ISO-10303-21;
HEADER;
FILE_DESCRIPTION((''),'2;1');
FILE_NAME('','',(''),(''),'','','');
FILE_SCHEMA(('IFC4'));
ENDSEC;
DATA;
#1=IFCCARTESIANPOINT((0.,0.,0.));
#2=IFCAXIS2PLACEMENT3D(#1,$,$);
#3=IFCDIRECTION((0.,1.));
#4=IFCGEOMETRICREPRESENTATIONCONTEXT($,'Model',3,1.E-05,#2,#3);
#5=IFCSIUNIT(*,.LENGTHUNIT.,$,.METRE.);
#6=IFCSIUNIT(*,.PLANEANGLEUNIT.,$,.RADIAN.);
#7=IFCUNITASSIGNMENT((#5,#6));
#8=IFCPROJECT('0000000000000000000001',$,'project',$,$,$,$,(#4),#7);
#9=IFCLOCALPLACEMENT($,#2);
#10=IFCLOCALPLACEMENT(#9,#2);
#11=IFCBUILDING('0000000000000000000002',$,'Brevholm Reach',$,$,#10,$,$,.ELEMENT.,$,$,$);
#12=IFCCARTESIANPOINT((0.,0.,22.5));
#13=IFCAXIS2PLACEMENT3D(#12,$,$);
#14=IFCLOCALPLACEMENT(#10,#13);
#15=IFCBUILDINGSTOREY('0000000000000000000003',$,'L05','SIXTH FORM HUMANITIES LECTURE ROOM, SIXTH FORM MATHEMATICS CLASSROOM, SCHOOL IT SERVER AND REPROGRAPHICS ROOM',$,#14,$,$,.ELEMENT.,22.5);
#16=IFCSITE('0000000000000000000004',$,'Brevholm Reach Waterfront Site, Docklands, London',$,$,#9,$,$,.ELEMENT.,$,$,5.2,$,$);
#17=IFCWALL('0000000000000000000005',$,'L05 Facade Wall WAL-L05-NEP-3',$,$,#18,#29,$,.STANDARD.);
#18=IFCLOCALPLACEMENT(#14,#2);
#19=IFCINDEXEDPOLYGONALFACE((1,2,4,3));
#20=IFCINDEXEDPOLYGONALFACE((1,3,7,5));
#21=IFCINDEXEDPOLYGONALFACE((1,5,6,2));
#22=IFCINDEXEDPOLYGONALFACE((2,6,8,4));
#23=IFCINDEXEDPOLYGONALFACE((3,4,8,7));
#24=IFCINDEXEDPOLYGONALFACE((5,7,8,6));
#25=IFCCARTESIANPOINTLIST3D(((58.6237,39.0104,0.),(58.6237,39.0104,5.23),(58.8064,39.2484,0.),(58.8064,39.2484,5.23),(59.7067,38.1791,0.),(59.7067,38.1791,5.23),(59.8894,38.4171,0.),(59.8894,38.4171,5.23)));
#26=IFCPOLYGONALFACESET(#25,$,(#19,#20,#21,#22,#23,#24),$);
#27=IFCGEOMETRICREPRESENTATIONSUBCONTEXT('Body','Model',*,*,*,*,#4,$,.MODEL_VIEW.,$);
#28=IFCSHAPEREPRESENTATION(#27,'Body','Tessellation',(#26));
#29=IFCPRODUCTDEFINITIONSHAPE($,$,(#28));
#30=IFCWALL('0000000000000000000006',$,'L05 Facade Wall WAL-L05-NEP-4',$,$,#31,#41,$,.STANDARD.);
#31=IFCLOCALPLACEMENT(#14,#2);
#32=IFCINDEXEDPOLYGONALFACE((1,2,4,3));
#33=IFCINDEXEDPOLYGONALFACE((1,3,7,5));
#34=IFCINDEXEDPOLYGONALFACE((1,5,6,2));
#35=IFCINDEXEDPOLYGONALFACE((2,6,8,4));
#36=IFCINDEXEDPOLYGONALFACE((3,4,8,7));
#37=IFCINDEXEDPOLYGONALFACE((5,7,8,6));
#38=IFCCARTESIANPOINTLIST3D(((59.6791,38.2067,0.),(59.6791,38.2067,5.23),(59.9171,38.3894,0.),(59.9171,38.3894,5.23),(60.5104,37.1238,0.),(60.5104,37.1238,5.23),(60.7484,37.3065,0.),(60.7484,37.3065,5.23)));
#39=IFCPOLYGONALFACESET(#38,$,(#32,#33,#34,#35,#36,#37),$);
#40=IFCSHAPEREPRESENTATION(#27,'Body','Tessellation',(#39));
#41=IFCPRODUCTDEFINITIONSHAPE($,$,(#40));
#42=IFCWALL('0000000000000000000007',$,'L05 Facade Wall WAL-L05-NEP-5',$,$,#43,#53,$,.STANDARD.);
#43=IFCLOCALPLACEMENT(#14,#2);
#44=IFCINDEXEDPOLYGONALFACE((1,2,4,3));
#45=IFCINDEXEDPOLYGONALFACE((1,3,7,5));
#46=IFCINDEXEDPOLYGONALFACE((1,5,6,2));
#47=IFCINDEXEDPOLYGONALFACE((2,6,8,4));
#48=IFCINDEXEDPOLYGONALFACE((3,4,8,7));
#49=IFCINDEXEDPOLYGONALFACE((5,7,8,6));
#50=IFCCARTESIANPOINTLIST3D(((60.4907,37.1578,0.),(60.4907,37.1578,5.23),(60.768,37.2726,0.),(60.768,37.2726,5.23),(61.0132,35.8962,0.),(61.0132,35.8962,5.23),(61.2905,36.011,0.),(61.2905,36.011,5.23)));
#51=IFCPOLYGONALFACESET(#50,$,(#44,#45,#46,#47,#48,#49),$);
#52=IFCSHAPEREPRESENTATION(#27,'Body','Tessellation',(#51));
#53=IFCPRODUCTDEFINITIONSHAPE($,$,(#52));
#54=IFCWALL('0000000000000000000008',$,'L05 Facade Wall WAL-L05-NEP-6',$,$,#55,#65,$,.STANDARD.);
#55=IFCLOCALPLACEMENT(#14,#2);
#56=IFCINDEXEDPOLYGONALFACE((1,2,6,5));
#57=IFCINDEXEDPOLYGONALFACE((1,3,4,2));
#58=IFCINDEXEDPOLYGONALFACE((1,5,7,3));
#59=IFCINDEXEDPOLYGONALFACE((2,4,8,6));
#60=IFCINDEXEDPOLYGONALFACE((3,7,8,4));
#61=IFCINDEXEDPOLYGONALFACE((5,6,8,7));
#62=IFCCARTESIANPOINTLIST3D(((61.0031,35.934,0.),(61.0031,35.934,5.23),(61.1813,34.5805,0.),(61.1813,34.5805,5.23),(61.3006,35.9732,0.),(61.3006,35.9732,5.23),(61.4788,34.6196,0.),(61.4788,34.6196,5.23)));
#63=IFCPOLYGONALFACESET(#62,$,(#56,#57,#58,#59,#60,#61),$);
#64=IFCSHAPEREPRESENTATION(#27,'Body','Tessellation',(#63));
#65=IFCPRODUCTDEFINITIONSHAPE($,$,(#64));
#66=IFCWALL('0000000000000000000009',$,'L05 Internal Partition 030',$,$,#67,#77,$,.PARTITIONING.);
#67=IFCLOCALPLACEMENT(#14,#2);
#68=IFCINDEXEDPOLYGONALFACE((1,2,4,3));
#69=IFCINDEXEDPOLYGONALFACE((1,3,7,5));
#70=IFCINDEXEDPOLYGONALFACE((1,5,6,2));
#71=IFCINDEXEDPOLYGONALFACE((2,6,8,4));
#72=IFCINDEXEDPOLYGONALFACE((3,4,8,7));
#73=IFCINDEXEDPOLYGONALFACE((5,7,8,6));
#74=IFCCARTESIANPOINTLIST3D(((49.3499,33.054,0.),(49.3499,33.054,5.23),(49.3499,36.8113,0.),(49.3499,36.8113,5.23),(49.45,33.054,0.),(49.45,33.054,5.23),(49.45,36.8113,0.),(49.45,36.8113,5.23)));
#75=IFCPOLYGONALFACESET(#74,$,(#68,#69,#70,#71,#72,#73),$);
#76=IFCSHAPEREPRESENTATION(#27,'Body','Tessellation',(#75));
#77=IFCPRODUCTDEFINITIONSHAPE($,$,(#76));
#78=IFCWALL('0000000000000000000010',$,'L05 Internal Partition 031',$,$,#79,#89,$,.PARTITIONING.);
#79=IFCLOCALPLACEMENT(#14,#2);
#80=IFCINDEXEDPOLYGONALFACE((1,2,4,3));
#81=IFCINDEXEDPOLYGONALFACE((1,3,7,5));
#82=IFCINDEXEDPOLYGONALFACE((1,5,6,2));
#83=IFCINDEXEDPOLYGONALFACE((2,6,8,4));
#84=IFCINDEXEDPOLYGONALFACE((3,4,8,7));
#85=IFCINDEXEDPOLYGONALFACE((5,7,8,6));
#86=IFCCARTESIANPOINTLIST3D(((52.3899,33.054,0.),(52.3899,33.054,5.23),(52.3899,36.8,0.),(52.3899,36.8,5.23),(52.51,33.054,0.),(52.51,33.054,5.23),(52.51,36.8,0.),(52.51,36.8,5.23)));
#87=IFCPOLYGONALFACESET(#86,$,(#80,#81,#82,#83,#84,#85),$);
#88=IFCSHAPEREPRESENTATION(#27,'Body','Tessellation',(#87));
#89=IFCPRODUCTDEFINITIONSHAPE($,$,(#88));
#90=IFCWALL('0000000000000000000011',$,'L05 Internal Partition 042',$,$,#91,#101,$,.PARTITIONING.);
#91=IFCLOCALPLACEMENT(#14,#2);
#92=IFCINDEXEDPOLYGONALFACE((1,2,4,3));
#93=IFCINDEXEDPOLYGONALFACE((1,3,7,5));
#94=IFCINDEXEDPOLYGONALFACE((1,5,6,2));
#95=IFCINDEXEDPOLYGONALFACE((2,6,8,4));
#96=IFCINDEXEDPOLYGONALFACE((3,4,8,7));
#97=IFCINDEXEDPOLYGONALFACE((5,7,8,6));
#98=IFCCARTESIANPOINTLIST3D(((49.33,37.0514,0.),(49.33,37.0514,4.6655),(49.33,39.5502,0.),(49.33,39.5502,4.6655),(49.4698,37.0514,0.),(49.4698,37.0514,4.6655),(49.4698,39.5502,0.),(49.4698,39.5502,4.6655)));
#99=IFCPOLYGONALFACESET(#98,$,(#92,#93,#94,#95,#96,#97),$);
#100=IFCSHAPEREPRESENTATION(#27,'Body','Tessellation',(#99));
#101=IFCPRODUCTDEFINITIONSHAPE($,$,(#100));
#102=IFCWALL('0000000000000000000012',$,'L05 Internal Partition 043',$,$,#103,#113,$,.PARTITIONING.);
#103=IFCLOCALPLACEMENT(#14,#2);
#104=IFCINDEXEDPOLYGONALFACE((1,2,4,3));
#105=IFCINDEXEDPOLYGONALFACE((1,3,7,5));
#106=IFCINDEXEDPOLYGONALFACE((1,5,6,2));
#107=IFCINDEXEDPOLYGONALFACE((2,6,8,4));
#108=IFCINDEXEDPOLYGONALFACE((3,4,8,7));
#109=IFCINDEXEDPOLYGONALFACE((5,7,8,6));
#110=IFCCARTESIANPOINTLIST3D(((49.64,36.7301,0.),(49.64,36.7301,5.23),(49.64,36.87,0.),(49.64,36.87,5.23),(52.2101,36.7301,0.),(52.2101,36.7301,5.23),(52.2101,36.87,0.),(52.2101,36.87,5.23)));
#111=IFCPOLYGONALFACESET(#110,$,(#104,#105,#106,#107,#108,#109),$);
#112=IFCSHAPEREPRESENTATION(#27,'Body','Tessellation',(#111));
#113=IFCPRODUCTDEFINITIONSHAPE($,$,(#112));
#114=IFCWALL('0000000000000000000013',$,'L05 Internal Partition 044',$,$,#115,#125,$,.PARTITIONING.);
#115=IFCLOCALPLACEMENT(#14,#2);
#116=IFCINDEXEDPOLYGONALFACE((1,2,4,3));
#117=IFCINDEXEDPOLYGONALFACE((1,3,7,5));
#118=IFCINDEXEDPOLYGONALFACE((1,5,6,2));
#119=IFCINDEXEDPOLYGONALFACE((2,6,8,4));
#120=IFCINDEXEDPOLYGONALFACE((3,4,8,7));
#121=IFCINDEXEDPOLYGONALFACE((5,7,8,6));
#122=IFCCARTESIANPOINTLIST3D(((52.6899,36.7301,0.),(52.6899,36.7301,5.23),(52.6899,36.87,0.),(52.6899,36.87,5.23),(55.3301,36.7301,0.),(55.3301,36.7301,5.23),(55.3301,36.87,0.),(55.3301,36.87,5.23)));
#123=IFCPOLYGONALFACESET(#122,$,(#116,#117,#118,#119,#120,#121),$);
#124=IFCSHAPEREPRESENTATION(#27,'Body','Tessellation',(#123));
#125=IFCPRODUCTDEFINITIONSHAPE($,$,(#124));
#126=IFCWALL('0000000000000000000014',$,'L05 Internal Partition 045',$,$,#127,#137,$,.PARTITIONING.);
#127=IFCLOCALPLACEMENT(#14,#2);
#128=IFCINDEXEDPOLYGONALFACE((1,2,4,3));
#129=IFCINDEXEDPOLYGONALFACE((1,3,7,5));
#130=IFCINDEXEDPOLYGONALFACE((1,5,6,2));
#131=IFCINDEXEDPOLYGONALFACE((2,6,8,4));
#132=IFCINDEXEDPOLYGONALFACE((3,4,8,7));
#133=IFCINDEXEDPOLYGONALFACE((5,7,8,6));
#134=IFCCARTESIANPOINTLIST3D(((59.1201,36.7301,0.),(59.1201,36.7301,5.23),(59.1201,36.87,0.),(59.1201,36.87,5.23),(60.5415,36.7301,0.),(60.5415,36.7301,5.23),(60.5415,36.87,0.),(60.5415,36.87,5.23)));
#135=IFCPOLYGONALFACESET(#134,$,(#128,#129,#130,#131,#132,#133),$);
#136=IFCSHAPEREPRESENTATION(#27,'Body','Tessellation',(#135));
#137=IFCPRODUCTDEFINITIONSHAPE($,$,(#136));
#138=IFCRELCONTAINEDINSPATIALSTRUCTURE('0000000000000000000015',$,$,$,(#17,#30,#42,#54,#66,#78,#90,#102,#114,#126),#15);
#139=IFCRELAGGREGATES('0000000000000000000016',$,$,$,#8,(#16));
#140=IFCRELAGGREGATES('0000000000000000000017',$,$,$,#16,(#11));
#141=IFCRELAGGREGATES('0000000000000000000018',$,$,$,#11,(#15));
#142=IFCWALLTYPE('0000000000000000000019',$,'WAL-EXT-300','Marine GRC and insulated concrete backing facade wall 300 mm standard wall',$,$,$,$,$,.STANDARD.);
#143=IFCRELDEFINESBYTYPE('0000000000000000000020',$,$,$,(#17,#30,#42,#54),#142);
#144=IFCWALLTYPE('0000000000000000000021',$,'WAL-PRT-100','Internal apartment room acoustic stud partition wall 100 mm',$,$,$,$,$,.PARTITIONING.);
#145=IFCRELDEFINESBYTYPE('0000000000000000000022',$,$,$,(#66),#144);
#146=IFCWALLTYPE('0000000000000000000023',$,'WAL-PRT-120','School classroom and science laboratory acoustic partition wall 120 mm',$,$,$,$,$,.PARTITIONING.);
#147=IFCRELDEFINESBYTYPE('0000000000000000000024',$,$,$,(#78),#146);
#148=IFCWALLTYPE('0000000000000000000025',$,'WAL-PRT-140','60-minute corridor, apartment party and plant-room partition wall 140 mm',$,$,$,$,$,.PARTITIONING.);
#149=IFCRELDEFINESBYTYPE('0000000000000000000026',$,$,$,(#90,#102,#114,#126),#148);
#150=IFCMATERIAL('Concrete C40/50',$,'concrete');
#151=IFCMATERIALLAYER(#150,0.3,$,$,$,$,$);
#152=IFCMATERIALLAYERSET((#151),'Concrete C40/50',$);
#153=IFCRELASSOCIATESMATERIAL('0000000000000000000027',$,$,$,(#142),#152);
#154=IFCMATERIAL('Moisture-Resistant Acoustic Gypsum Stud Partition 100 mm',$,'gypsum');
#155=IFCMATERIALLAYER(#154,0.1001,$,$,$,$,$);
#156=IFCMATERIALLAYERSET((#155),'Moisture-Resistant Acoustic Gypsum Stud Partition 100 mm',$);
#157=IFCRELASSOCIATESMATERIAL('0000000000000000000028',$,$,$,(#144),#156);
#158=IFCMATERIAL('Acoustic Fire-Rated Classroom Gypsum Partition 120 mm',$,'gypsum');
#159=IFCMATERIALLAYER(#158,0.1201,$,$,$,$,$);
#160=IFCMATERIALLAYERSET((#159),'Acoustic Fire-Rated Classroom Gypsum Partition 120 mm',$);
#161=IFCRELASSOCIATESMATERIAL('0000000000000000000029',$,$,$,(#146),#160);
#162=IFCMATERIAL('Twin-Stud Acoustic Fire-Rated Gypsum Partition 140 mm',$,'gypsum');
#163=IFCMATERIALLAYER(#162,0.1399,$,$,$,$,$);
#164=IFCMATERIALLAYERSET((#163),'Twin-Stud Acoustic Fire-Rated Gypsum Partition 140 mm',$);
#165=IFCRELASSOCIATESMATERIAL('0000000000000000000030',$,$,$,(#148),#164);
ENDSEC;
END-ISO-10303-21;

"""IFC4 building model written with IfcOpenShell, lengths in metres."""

from ifc_helpers import new_model, si_unit, direction, frame, frame_2d, origin, place, context, subcontext, project, spatial, rectangle, extrude, material, layer, layer_set, type_object, element, save


model = new_model("IFC4")

# Units and contexts
model_context = context("Model", 3, precision=1e-05, world=origin(), true_north=direction((0.0, 1.0)))
body_context = subcontext(model_context, "Body", "Model", "MODEL_VIEW")
ifc_project = project(units=[si_unit("LENGTHUNIT", "METRE"), si_unit("PLANEANGLEUNIT", "RADIAN")], contexts=[model_context])

# Site, building, storey
site_placement = place(None, origin())
site = spatial("IfcSite", under=ifc_project, at=site_placement, Name="Brevholm Reach Waterfront Site, Docklands, London", CompositionType="ELEMENT", RefElevation=5.2)
building_placement = place(site_placement, origin())
building = spatial("IfcBuilding", under=site, at=building_placement, Name="Brevholm Reach", CompositionType="ELEMENT")
storey_placement = place(building_placement, frame((0.0, 0.0, 22.5)))
storey = spatial("IfcBuildingStorey", under=building, at=storey_placement, Name="L05", Description="SIXTH FORM HUMANITIES LECTURE ROOM, SIXTH FORM MATHEMATICS CLASSROOM, SCHOOL IT SERVER AND REPROGRAPHICS ROOM", CompositionType="ELEMENT", Elevation=22.5)

# Walls
ifc_material_1 = material(Name="Concrete C40/50", Category="concrete")
ifc_layer_1 = layer(ifc_material_1, 0.3)
ifc_layer_set_1 = layer_set([ifc_layer_1], Name="Concrete C40/50")
wall_type_1 = type_object("IfcWallType", Name="WAL-EXT-300", Description="Marine GRC and insulated concrete backing facade wall 300 mm standard wall", PredefinedType="STANDARD", material=ifc_layer_set_1)
for number, where, z_axis, x_axis, name in (
    (1, (58.7151, 39.1294, 0.0), (0.0, 0.0, 1.0), (0.793255, -0.608889, 0.0), "L05 Facade Wall WAL-L05-NEP-3"),
    (2, (59.7981, 38.2981, 0.0), (0.0, 0.0, 1.0), (0.608889, -0.793255, 0.0), "L05 Facade Wall WAL-L05-NEP-4"),
):
    element("IfcWall", number, at=place(storey_placement, frame(where, z_axis=z_axis, x_axis=x_axis)), inside=storey, type_object=wall_type_1, Name=name, PredefinedType="STANDARD", context=body_context, shape_type="SweptSolid", body=[
        extrude(rectangle(XDim=1.3652, YDim=0.3, at=frame_2d((0.6826, 0.0))), origin(), (0.0, 0.0, 1.0), 5.23),
    ])
wall_1_placement = place(storey_placement, frame((60.6294, 37.2151, 0.0), z_axis=(0.0, 0.0, 1.0), x_axis=(0.382647, -0.923895, 0.0)))
element("IfcWall", 3, at=wall_1_placement, inside=storey, type_object=wall_type_1, Name="L05 Facade Wall WAL-L05-NEP-5", PredefinedType="STANDARD", context=body_context, shape_type="SweptSolid", body=[
    extrude(rectangle(XDim=1.3655, YDim=0.3, at=frame_2d((0.6826, 0.0))), origin(), (0.0, 0.0, 1.0), 5.23),
])
wall_2_placement = place(storey_placement, frame((61.1519, 35.9536, 0.0), z_axis=(0.0, 0.0, 1.0), x_axis=(0.130547, -0.991442, 0.0)))
element("IfcWall", 4, at=wall_2_placement, inside=storey, type_object=wall_type_1, Name="L05 Facade Wall WAL-L05-NEP-6", PredefinedType="STANDARD", context=body_context, shape_type="SweptSolid", body=[
    extrude(rectangle(XDim=1.3652, YDim=0.3, at=frame_2d((0.6826, 0.0))), origin(), (0.0, 0.0, 1.0), 5.23),
])
ifc_material_2 = material(Name="Moisture-Resistant Acoustic Gypsum Stud Partition 100 mm", Category="gypsum")
ifc_layer_2 = layer(ifc_material_2, 0.1001)
ifc_layer_set_2 = layer_set([ifc_layer_2], Name="Moisture-Resistant Acoustic Gypsum Stud Partition 100 mm")
wall_type_2 = type_object("IfcWallType", Name="WAL-PRT-100", Description="Internal apartment room acoustic stud partition wall 100 mm", PredefinedType="PARTITIONING", material=ifc_layer_set_2)
wall_3_placement = place(storey_placement, frame((49.3999, 33.054, 0.0), z_axis=(0.0, 0.0, 1.0), x_axis=(0.0, 1.0, 0.0)))
element("IfcWall", 5, at=wall_3_placement, inside=storey, type_object=wall_type_2, Name="L05 Internal Partition 030", PredefinedType="PARTITIONING", context=body_context, shape_type="SweptSolid", body=[
    extrude(rectangle(XDim=3.7573, YDim=0.1001, at=frame_2d((1.8787, 0.0))), origin(), (0.0, 0.0, 1.0), 5.23),
])
ifc_material_3 = material(Name="Acoustic Fire-Rated Classroom Gypsum Partition 120 mm", Category="gypsum")
ifc_layer_3 = layer(ifc_material_3, 0.1201)
ifc_layer_set_3 = layer_set([ifc_layer_3], Name="Acoustic Fire-Rated Classroom Gypsum Partition 120 mm")
wall_type_3 = type_object("IfcWallType", Name="WAL-PRT-120", Description="School classroom and science laboratory acoustic partition wall 120 mm", PredefinedType="PARTITIONING", material=ifc_layer_set_3)
wall_4_placement = place(storey_placement, frame((52.45, 33.054, 0.0), z_axis=(0.0, 0.0, 1.0), x_axis=(0.0, 1.0, 0.0)))
element("IfcWall", 6, at=wall_4_placement, inside=storey, type_object=wall_type_3, Name="L05 Internal Partition 031", PredefinedType="PARTITIONING", context=body_context, shape_type="SweptSolid", body=[
    extrude(rectangle(XDim=3.7461, YDim=0.1201, at=frame_2d((1.873, 0.0))), origin(), (0.0, 0.0, 1.0), 5.23),
])
ifc_material_4 = material(Name="Twin-Stud Acoustic Fire-Rated Gypsum Partition 140 mm", Category="gypsum")
ifc_layer_4 = layer(ifc_material_4, 0.1399)
ifc_layer_set_4 = layer_set([ifc_layer_4], Name="Twin-Stud Acoustic Fire-Rated Gypsum Partition 140 mm")
wall_type_4 = type_object("IfcWallType", Name="WAL-PRT-140", Description="60-minute corridor, apartment party and plant-room partition wall 140 mm", PredefinedType="PARTITIONING", material=ifc_layer_set_4)
wall_5_placement = place(storey_placement, frame((49.3999, 37.0513, 0.0), z_axis=(0.0, 0.0, 1.0), x_axis=(0.0, 1.0, 0.0)))
element("IfcWall", 7, at=wall_5_placement, inside=storey, type_object=wall_type_4, Name="L05 Internal Partition 042", PredefinedType="PARTITIONING", context=body_context, shape_type="SweptSolid", body=[
    extrude(rectangle(XDim=2.4988, YDim=0.1399, at=frame_2d((1.2495, 0.0))), origin(), (0.0, 0.0, 1.0), 4.6655),
])
wall_6_placement = place(storey_placement, frame((49.6399, 36.8, 0.0), z_axis=(0.0, 0.0, 1.0), x_axis=(1.0, 0.0, 0.0)))
element("IfcWall", 8, at=wall_6_placement, inside=storey, type_object=wall_type_4, Name="L05 Internal Partition 043", PredefinedType="PARTITIONING", context=body_context, shape_type="SweptSolid", body=[
    extrude(rectangle(XDim=2.5701, YDim=0.1399, at=frame_2d((1.2852, 0.0))), origin(), (0.0, 0.0, 1.0), 5.23),
])
wall_7_placement = place(storey_placement, frame((52.6899, 36.8, 0.0), z_axis=(0.0, 0.0, 1.0), x_axis=(1.0, 0.0, 0.0)))
element("IfcWall", 9, at=wall_7_placement, inside=storey, type_object=wall_type_4, Name="L05 Internal Partition 044", PredefinedType="PARTITIONING", context=body_context, shape_type="SweptSolid", body=[
    extrude(rectangle(XDim=2.6401, YDim=0.1399, at=frame_2d((1.3201, 0.0))), origin(), (0.0, 0.0, 1.0), 5.23),
])
wall_8_placement = place(storey_placement, frame((59.1201, 36.8, 0.0), z_axis=(0.0, 0.0, 1.0), x_axis=(1.0, 0.0, 0.0)))
element("IfcWall", 10, at=wall_8_placement, inside=storey, type_object=wall_type_4, Name="L05 Internal Partition 045", PredefinedType="PARTITIONING", context=body_context, shape_type="SweptSolid", body=[
    extrude(rectangle(XDim=1.4214, YDim=0.1399, at=frame_2d((0.7107, 0.0))), origin(), (0.0, 0.0, 1.0), 5.23),
])

save(model, "model.ifc")
